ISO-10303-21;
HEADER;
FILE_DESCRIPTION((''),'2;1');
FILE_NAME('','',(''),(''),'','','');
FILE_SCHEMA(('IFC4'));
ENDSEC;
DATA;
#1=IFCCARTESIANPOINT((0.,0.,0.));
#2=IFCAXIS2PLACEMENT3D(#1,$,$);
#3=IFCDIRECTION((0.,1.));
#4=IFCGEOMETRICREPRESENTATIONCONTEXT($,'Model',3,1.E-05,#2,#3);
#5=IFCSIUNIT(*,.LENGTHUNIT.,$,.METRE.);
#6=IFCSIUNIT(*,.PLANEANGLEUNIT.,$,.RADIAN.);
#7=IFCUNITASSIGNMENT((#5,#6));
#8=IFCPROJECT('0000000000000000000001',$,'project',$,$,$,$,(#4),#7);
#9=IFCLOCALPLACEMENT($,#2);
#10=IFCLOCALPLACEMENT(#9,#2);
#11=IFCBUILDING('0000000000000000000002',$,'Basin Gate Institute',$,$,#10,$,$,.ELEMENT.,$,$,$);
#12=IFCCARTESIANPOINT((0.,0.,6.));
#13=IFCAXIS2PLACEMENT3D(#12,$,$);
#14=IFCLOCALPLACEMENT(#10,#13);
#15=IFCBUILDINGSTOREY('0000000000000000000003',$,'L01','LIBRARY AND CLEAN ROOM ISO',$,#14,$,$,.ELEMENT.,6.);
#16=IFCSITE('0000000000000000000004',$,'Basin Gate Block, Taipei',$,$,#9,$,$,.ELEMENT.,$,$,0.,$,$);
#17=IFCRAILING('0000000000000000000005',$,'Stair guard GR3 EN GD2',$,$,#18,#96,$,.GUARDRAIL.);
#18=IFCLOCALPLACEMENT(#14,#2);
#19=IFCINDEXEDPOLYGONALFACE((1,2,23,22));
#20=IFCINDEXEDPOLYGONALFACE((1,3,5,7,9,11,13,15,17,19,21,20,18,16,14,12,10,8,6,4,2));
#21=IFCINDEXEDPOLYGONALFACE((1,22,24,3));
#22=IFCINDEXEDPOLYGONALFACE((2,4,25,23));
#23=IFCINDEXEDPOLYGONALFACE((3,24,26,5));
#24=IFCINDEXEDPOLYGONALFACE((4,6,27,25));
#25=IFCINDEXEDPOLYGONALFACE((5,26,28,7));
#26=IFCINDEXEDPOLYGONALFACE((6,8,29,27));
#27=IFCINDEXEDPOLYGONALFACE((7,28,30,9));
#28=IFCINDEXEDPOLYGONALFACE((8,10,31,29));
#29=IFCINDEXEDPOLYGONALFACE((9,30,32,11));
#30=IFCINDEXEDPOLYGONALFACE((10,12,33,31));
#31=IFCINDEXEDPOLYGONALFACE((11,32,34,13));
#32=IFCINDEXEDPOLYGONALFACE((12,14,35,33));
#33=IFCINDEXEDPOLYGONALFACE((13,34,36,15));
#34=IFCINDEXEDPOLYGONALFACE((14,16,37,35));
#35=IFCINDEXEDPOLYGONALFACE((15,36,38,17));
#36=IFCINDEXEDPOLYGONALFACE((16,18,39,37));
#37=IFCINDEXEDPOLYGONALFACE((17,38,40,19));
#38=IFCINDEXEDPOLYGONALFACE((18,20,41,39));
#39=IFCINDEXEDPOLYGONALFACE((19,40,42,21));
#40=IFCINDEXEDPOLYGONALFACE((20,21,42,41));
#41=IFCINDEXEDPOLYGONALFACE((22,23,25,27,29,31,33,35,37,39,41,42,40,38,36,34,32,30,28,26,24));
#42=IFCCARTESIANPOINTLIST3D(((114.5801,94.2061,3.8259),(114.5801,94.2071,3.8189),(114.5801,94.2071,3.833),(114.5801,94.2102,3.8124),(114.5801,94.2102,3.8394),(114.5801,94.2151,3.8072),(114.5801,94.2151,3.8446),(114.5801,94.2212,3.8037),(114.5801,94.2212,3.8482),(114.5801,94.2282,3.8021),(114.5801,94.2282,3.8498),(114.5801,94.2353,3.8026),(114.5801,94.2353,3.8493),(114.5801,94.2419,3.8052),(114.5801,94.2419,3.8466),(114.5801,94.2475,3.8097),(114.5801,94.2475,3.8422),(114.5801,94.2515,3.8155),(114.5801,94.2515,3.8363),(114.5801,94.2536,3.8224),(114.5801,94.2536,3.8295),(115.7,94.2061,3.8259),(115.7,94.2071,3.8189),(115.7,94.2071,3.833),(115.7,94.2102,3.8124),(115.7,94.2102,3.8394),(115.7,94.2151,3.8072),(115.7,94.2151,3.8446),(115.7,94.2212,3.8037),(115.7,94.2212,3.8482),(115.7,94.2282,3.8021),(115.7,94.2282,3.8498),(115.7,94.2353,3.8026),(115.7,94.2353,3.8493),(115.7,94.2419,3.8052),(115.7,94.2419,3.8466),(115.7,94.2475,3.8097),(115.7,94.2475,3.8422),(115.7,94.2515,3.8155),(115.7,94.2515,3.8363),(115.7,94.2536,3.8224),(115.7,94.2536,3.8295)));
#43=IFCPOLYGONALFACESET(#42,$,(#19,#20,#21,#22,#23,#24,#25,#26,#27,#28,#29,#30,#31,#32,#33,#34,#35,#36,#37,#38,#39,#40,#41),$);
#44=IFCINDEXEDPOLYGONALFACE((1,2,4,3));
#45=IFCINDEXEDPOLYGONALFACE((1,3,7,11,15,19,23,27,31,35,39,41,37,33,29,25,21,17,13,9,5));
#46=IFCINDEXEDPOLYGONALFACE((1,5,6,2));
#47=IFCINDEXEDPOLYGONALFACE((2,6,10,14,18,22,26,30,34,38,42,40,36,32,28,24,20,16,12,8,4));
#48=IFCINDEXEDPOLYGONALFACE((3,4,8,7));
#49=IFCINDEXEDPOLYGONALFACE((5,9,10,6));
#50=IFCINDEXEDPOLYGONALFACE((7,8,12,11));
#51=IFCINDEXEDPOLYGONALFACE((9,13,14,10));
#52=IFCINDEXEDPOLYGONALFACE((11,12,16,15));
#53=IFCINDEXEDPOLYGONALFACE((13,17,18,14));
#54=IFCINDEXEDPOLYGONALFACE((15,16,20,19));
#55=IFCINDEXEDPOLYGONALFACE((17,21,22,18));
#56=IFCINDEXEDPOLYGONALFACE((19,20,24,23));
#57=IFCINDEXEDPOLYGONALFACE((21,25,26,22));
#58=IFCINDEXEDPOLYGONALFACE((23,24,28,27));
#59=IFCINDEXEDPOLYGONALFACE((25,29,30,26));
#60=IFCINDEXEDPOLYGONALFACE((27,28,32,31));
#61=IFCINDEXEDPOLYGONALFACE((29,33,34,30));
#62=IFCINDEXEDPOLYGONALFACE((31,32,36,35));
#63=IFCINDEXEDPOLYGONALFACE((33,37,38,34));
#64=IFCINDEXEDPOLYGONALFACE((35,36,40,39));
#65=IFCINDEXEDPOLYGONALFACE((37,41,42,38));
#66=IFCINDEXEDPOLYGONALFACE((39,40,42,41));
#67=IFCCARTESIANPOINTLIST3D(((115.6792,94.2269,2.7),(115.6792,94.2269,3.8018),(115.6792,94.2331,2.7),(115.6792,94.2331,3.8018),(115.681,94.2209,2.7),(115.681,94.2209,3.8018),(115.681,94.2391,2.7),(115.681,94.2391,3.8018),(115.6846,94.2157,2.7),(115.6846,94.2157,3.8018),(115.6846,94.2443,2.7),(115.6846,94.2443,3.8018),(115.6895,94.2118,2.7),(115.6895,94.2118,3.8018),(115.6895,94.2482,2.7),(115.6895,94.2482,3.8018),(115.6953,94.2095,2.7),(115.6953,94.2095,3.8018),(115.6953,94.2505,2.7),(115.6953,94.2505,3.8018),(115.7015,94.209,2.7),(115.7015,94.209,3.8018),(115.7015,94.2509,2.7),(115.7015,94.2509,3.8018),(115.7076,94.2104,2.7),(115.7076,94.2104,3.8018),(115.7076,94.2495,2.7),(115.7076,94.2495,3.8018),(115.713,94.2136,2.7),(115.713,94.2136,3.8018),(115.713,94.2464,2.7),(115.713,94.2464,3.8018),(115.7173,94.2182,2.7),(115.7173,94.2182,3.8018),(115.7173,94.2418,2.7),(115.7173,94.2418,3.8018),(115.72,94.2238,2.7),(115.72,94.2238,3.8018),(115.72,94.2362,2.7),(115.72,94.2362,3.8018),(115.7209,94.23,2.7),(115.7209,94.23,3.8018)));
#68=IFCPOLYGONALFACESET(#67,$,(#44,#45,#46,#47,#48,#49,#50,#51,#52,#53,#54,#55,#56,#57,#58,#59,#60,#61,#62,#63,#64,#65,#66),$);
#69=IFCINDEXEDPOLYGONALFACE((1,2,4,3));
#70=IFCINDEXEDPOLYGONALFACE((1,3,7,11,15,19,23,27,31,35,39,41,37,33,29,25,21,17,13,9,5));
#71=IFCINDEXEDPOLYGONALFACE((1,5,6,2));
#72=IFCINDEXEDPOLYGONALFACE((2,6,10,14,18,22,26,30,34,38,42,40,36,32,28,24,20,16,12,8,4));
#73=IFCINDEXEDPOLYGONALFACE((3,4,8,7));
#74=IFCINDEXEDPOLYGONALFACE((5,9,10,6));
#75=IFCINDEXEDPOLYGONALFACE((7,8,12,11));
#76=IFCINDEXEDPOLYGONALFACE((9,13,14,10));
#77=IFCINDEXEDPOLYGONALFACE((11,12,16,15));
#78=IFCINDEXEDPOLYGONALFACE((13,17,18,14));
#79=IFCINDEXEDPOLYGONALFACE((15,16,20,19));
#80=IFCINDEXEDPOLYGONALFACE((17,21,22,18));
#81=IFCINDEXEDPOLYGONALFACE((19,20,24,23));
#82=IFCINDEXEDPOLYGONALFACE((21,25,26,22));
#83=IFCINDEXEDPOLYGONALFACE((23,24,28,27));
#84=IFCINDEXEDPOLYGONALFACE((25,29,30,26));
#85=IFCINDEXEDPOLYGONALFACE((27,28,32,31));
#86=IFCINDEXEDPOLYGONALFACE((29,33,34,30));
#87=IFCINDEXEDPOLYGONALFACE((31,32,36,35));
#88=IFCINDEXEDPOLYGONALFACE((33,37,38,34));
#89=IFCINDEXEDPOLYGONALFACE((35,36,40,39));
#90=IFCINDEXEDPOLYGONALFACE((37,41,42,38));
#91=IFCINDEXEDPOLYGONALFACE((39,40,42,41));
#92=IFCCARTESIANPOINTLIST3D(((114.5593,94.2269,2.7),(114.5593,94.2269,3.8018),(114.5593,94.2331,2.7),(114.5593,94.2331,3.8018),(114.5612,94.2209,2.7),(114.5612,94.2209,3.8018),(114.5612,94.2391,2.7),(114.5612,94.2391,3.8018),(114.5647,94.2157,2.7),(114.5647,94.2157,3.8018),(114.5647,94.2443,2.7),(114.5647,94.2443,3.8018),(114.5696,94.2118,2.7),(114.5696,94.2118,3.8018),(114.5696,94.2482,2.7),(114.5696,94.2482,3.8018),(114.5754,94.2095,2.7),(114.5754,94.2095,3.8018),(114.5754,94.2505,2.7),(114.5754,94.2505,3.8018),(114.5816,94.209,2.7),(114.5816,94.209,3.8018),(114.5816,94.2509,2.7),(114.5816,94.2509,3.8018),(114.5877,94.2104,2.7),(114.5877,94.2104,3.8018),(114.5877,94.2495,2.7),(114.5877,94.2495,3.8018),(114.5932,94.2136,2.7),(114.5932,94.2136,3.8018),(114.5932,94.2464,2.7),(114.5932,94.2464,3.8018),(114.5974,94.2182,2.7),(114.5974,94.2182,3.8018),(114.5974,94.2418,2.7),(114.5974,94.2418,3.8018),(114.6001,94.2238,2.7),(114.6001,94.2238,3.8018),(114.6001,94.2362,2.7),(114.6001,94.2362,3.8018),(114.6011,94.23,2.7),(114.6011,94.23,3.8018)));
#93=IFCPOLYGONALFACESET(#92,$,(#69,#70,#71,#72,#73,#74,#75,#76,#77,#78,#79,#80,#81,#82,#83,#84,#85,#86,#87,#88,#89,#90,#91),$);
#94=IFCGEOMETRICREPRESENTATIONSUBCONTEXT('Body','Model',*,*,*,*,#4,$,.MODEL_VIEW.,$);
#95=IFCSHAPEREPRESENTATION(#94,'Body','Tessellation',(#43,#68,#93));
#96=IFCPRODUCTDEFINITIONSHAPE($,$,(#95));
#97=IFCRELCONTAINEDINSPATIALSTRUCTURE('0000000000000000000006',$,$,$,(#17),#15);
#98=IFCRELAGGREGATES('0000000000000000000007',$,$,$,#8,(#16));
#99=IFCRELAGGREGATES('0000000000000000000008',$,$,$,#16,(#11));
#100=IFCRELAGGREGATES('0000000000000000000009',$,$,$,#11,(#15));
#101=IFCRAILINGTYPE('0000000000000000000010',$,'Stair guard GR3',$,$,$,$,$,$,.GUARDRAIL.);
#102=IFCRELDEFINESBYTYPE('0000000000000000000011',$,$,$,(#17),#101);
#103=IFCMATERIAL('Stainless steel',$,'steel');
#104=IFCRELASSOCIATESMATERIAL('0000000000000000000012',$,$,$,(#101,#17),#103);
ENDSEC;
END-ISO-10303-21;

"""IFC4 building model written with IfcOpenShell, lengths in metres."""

from ifc_helpers import new_model, si_unit, direction, frame, origin, origin_2d, place, context, subcontext, project, spatial, circle, extrude, material, type_object, element, save


model = new_model("IFC4")

# Units and contexts
model_context = context("Model", 3, precision=1e-05, world=origin(), true_north=direction((0.0, 1.0)))
body_context = subcontext(model_context, "Body", "Model", "MODEL_VIEW")
ifc_project = project(units=[si_unit("LENGTHUNIT", "METRE"), si_unit("PLANEANGLEUNIT", "RADIAN")], contexts=[model_context])

# Site, building, storey
site_placement = place(None, origin())
site = spatial("IfcSite", under=ifc_project, at=site_placement, Name="Basin Gate Block, Taipei", CompositionType="ELEMENT", RefElevation=0.0)
building_placement = place(site_placement, origin())
building = spatial("IfcBuilding", under=site, at=building_placement, Name="Basin Gate Institute", CompositionType="ELEMENT")
storey_placement = place(building_placement, frame((0.0, 0.0, 6.0)))
storey = spatial("IfcBuildingStorey", under=building, at=storey_placement, Name="L01", Description="LIBRARY AND CLEAN ROOM ISO", CompositionType="ELEMENT", Elevation=6.0)

# Railing
ifc_material_1 = material(Name="Stainless steel", Category="steel")
railing_type_1 = type_object("IfcRailingType", Name="Stair guard GR3", PredefinedType="GUARDRAIL", material=ifc_material_1)
railing_1_placement = place(storey_placement, frame((115.7, 94.23, 2.7)))
element("IfcRailing", 1, at=railing_1_placement, inside=storey, type_object=railing_type_1, material=ifc_material_1, Name="Stair guard GR3 EN GD2", PredefinedType="GUARDRAIL", context=body_context, shape_type="SweptSolid", body=[
    extrude(circle(Radius=0.0239, at=origin_2d()), frame((0.0, 0.0, 1.126), z_axis=(-1.0, 0.0, 0.0), x_axis=(0.0, -1.0, 0.0)), (0.0, 0.0, 1.0), 1.1199),
    extrude(circle(Radius=0.021, at=origin_2d()), origin(), (0.0, 0.0, 1.0), 1.1018),
    extrude(circle(Radius=0.021, at=origin_2d()), frame((-1.1199, 0.0, 0.0)), (0.0, 0.0, 1.0), 1.1018),
])

save(model, "model.ifc")
